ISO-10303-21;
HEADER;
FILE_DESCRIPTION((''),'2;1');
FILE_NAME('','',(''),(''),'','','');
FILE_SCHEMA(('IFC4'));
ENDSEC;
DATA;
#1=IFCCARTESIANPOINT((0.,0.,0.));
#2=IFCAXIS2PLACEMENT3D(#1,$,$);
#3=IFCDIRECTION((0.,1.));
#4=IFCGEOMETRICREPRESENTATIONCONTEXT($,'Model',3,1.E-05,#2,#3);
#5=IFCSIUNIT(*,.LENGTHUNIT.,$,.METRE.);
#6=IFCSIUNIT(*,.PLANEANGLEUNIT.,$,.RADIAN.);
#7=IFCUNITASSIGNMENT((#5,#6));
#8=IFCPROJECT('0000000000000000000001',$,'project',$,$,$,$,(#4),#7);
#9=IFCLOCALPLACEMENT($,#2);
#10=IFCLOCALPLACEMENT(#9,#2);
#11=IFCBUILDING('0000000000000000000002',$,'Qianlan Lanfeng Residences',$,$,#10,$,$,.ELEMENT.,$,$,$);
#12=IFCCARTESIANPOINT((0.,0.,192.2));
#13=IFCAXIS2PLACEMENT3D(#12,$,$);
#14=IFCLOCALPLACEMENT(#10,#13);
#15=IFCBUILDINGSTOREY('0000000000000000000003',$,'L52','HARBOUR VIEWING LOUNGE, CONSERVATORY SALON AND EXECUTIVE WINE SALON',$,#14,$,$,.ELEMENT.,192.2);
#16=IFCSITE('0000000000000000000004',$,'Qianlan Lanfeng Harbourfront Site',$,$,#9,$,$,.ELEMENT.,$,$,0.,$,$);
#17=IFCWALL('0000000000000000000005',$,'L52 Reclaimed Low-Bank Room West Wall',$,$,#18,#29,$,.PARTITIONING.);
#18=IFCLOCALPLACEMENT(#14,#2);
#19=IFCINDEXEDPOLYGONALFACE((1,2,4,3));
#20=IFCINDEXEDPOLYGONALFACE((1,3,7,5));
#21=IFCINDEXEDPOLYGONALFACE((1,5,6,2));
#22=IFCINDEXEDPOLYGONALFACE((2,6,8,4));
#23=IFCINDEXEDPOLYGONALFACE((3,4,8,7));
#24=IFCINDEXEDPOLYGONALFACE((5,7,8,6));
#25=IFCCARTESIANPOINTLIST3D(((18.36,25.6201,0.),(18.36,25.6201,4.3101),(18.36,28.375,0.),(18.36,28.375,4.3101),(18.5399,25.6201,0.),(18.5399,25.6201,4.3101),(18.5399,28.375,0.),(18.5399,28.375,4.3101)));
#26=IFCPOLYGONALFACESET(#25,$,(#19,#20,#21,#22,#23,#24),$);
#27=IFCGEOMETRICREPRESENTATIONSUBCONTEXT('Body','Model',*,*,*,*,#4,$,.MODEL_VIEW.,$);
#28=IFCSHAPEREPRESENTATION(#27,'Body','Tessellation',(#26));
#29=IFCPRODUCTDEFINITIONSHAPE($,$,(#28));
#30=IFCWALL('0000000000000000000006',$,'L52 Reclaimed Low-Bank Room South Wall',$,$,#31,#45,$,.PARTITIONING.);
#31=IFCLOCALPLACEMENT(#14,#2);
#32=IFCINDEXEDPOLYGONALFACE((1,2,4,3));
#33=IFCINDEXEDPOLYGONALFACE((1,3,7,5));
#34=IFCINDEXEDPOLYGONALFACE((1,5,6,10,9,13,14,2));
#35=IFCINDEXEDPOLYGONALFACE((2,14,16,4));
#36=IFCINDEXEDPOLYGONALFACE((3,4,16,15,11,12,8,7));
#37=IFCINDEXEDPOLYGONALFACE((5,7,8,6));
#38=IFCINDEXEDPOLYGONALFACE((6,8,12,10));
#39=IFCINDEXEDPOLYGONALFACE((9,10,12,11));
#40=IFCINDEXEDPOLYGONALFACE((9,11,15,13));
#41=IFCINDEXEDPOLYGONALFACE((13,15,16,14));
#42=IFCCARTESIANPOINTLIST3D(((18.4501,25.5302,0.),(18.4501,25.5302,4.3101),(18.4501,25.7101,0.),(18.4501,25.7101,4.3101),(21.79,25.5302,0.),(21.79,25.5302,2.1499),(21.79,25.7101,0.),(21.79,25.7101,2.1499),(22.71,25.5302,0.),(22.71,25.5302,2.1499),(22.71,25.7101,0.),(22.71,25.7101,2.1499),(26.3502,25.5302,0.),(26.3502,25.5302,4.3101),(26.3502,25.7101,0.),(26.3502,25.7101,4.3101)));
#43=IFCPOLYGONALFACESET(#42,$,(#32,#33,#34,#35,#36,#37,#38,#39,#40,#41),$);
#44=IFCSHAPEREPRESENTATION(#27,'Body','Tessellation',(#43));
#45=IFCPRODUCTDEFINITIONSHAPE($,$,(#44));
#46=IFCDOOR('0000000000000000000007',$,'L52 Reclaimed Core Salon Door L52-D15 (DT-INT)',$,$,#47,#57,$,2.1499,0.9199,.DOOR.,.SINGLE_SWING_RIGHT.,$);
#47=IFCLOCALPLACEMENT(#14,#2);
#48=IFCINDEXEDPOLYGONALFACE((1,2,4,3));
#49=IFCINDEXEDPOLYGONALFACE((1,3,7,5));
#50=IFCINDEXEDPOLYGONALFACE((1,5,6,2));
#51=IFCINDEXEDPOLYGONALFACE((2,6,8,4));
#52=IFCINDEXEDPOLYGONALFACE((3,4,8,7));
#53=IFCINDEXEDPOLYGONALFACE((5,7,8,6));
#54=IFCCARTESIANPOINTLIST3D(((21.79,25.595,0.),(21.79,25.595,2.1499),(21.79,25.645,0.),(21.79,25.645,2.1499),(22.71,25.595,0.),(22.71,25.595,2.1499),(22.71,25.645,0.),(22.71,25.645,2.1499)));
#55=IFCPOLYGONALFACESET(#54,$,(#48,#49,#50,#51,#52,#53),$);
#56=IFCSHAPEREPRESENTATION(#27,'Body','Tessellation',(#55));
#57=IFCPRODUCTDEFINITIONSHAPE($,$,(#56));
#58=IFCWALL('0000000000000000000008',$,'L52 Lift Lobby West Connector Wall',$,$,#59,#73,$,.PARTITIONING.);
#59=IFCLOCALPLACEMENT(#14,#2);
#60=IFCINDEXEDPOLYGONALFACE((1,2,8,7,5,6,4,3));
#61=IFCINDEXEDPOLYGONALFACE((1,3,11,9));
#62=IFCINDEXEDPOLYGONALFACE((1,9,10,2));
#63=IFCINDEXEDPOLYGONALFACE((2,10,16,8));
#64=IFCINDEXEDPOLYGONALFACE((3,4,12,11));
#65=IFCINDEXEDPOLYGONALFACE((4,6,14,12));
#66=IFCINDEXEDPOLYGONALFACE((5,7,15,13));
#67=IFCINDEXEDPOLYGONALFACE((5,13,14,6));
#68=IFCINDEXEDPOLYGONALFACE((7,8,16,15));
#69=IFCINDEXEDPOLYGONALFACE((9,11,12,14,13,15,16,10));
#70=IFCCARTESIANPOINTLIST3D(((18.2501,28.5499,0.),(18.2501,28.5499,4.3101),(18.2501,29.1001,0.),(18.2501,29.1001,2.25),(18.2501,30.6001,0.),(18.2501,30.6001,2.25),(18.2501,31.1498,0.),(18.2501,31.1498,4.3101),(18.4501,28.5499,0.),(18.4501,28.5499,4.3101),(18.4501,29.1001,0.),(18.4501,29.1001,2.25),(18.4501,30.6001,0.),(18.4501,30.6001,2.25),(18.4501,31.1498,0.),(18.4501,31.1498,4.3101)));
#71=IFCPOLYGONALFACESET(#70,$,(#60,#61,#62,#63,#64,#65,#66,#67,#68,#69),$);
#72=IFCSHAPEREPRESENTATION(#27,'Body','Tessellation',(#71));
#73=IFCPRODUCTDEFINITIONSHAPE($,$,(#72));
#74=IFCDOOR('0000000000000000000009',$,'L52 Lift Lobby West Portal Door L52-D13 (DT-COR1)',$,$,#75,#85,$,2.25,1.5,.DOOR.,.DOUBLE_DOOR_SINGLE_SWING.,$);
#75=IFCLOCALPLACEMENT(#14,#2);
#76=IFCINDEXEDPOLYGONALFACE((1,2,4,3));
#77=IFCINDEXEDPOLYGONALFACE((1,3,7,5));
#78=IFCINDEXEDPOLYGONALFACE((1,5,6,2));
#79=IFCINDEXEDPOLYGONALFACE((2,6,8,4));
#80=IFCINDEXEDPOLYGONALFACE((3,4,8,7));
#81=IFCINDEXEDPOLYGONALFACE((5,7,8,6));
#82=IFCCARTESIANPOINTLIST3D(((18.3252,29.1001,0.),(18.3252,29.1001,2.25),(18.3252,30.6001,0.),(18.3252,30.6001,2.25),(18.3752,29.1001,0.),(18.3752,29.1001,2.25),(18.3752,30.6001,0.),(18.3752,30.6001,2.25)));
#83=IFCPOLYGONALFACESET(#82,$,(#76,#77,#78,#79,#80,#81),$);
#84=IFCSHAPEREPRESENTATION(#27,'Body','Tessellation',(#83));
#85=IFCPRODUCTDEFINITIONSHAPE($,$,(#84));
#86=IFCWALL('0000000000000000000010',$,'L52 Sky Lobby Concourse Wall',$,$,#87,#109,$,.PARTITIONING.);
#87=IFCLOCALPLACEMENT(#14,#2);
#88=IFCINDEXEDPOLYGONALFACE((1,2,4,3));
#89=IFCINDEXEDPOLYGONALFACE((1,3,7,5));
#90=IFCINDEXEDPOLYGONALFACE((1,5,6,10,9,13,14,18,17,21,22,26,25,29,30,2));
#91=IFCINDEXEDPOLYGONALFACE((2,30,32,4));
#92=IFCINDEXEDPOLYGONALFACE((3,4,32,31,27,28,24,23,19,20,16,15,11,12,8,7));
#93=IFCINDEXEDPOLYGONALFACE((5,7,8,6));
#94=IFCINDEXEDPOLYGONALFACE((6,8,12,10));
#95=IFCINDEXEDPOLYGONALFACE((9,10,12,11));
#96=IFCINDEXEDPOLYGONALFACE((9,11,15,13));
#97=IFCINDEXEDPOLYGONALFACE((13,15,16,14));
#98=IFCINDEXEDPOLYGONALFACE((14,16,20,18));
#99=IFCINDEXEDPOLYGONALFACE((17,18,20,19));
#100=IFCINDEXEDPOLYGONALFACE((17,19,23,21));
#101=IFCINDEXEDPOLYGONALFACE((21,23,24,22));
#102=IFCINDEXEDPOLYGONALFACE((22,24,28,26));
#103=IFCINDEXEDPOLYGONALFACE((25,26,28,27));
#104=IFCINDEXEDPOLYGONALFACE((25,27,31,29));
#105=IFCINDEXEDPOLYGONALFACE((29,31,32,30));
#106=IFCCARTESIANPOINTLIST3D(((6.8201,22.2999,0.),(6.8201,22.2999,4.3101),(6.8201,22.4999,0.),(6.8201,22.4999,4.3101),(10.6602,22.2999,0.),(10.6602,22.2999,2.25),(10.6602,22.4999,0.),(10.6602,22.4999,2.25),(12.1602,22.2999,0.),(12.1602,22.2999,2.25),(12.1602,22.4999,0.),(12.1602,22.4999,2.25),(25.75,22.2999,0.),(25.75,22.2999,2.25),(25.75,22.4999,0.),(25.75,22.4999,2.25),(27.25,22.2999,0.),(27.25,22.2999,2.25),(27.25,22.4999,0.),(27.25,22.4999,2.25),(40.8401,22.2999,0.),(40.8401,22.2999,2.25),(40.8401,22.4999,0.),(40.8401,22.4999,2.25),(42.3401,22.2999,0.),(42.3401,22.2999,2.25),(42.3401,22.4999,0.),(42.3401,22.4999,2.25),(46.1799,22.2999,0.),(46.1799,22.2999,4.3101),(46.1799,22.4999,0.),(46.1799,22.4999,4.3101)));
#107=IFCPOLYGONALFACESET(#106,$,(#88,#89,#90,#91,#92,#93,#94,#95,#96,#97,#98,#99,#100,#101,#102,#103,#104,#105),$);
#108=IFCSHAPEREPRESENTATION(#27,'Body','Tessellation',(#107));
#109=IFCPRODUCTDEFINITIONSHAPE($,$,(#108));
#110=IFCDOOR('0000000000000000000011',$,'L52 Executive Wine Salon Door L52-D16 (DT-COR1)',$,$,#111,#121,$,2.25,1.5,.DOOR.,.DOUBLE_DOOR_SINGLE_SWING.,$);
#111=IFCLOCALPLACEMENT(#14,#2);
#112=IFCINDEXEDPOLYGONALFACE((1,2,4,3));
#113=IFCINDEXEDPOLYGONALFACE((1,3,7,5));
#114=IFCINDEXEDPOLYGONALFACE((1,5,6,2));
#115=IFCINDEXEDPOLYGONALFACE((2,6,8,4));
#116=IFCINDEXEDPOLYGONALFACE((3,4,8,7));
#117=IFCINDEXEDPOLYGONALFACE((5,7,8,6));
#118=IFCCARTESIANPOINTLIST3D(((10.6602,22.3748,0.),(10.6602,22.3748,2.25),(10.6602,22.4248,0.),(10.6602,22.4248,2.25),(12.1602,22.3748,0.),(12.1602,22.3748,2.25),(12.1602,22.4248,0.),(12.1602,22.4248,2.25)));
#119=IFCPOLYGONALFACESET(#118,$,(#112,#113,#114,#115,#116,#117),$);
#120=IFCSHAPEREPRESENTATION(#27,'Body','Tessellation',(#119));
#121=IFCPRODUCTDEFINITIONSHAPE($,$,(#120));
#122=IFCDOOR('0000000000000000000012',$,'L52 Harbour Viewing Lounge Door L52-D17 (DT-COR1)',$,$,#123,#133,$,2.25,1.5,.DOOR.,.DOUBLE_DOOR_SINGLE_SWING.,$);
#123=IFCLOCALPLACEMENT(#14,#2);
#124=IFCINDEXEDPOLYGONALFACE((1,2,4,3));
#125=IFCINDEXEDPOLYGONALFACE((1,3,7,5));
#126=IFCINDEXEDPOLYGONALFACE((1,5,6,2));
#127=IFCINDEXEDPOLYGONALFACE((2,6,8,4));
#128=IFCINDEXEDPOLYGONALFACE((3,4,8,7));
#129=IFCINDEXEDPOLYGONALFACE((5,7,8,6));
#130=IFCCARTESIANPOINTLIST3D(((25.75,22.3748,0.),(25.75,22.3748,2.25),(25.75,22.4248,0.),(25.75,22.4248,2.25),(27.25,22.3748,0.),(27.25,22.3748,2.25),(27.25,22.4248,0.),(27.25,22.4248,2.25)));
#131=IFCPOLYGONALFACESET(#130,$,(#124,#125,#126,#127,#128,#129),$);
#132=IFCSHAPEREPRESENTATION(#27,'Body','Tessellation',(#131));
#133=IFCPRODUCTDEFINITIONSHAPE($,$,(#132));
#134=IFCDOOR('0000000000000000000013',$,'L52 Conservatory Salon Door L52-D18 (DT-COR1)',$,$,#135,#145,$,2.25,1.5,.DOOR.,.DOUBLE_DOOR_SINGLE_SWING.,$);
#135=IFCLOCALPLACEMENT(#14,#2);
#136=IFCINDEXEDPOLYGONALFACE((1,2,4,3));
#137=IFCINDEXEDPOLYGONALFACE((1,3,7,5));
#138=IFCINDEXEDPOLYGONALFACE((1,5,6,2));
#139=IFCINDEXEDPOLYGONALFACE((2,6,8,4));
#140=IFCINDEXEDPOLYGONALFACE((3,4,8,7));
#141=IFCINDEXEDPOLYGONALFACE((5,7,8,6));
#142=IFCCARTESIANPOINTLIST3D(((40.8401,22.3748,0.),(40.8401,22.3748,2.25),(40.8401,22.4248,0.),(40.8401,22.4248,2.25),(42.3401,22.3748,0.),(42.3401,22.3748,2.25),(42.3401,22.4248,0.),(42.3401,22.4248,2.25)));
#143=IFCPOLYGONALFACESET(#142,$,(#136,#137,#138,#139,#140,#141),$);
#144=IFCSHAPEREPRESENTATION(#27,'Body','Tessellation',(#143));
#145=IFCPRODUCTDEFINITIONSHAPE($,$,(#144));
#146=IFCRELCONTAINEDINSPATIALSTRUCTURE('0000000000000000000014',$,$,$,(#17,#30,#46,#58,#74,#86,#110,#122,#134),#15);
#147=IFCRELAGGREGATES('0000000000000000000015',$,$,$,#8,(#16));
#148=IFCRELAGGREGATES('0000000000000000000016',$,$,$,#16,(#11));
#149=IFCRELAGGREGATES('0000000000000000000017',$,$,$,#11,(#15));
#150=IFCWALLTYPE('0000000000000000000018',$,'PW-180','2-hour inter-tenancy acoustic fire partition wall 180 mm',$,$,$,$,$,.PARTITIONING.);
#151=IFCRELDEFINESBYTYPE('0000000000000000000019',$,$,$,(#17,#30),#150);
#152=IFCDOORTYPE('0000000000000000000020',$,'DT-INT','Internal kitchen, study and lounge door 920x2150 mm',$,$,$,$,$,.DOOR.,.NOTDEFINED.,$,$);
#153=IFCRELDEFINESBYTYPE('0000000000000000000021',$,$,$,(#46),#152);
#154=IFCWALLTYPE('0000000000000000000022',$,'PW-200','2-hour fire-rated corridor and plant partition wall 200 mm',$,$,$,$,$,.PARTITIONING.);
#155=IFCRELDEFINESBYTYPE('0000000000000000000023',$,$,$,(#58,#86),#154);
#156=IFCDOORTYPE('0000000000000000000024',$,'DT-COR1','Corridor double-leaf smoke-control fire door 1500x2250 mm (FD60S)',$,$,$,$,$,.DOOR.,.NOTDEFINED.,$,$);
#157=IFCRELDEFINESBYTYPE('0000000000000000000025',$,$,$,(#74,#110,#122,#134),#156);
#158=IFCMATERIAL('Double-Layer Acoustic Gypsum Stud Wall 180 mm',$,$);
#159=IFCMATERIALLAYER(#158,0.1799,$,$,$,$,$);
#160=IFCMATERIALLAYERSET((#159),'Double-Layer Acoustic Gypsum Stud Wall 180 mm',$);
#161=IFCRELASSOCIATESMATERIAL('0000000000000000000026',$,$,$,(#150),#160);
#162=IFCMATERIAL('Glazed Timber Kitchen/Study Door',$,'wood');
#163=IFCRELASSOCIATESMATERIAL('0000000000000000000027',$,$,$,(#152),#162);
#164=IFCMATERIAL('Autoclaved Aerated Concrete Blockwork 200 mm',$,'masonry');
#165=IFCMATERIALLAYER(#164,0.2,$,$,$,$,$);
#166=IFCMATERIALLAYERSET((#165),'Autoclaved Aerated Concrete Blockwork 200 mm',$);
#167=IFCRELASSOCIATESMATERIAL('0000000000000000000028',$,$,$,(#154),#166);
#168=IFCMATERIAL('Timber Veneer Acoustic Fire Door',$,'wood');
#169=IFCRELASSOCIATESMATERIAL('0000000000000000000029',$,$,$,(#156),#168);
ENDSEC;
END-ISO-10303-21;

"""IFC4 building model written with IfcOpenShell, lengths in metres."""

from ifc_helpers import new_model, si_unit, direction, frame, frame_2d, origin, place, context, subcontext, project, spatial, rectangle, extrude, material, layer, layer_set, type_object, element, fill, save


model = new_model("IFC4")

# Units and contexts
model_context = context("Model", 3, precision=1e-05, world=origin(), true_north=direction((0.0, 1.0)))
body_context = subcontext(model_context, "Body", "Model", "MODEL_VIEW")
ifc_project = project(units=[si_unit("LENGTHUNIT", "METRE"), si_unit("PLANEANGLEUNIT", "RADIAN")], contexts=[model_context])

# Site, building, storey
site_placement = place(None, origin())
site = spatial("IfcSite", under=ifc_project, at=site_placement, Name="Qianlan Lanfeng Harbourfront Site", CompositionType="ELEMENT", RefElevation=0.0)
building_placement = place(site_placement, origin())
building = spatial("IfcBuilding", under=site, at=building_placement, Name="Qianlan Lanfeng Residences", CompositionType="ELEMENT")
storey_placement = place(building_placement, frame((0.0, 0.0, 192.2)))
storey = spatial("IfcBuildingStorey", under=building, at=storey_placement, Name="L52", Description="HARBOUR VIEWING LOUNGE, CONSERVATORY SALON AND EXECUTIVE WINE SALON", CompositionType="ELEMENT", Elevation=192.2)

# Shared definitions
ifc_material_1 = material(Name="Double-Layer Acoustic Gypsum Stud Wall 180 mm")
ifc_layer_1 = layer(ifc_material_1, 0.1799)
ifc_layer_set_1 = layer_set([ifc_layer_1], Name="Double-Layer Acoustic Gypsum Stud Wall 180 mm")
wall_type_1 = type_object("IfcWallType", Name="PW-180", Description="2-hour inter-tenancy acoustic fire partition wall 180 mm", PredefinedType="PARTITIONING", material=ifc_layer_set_1)
ifc_material_2 = material(Name="Glazed Timber Kitchen/Study Door", Category="wood")
door_type_1 = type_object("IfcDoorType", Name="DT-INT", Description="Internal kitchen, study and lounge door 920x2150 mm", OperationType="NOTDEFINED", PredefinedType="DOOR", material=ifc_material_2)

# Wall
wall_1_placement = place(storey_placement, frame((18.45, 25.6201, 0.0), z_axis=(0.0, 0.0, 1.0), x_axis=(0.0, 1.0, 0.0)))
element("IfcWall", 1, at=wall_1_placement, inside=storey, type_object=wall_type_1, Name="L52 Reclaimed Low-Bank Room West Wall", PredefinedType="PARTITIONING", context=body_context, shape_type="SweptSolid", body=[
    extrude(rectangle(XDim=2.7549, YDim=0.1799, at=frame_2d((1.3774, 0.0))), origin(), (0.0, 0.0, 1.0), 4.3101),
])

# Walls, openings, doors
wall_2_placement = place(storey_placement, frame((18.45, 25.6201, 0.0), z_axis=(0.0, 0.0, 1.0), x_axis=(1.0, 0.0, 0.0)))
wall_2 = element("IfcWall", 2, at=wall_2_placement, inside=storey, type_object=wall_type_1, Name="L52 Reclaimed Low-Bank Room South Wall", PredefinedType="PARTITIONING", context=body_context, shape_type="SweptSolid", body=[
    extrude(rectangle(XDim=7.9001, YDim=0.1799, at=frame_2d((3.9502, 0.0))), origin(), (0.0, 0.0, 1.0), 4.3101),
])
opening_1_placement = place(wall_2_placement, frame((3.3401, 0.0, 0.0)))
opening_1 = element("IfcOpeningElement", 3, at=opening_1_placement, cuts=wall_2, PredefinedType="OPENING", context=body_context, shape_type="SweptSolid", body=[
    extrude(rectangle(XDim=0.9199, YDim=2.1499, at=frame_2d((0.46, 1.075))), frame((0.0, 0.1001, 0.0), z_axis=(0.0, -1.0, 0.0), x_axis=(1.0, 0.0, 0.0)), (0.0, 0.0, 1.0), 0.2),
])
door_1_placement = place(opening_1_placement, origin())
door_1 = element("IfcDoor", 4, at=door_1_placement, inside=storey, type_object=door_type_1, Name="L52 Reclaimed Core Salon Door L52-D15 (DT-INT)", OperationType="SINGLE_SWING_RIGHT", OverallHeight=2.1499, OverallWidth=0.9199, PredefinedType="DOOR", context=body_context, shape_type="SweptSolid", body=[
    extrude(rectangle(XDim=0.9199, YDim=2.1499, at=frame_2d((0.46, 1.075))), frame((0.0, 0.0249, 0.0), z_axis=(0.0, -1.0, 0.0), x_axis=(1.0, 0.0, 0.0)), (0.0, 0.0, 1.0), 0.05),
])
fill(opening_1, door_1)
ifc_material_3 = material(Name="Autoclaved Aerated Concrete Blockwork 200 mm", Category="masonry")
ifc_layer_2 = layer(ifc_material_3, 0.2)
ifc_layer_set_2 = layer_set([ifc_layer_2], Name="Autoclaved Aerated Concrete Blockwork 200 mm")
wall_type_2 = type_object("IfcWallType", Name="PW-200", Description="2-hour fire-rated corridor and plant partition wall 200 mm", PredefinedType="PARTITIONING", material=ifc_layer_set_2)
wall_3_placement = place(storey_placement, frame((18.3501, 28.55, 0.0), z_axis=(0.0, 0.0, 1.0), x_axis=(0.0, 1.0, 0.0)))
wall_3 = element("IfcWall", 5, at=wall_3_placement, inside=storey, type_object=wall_type_2, Name="L52 Lift Lobby West Connector Wall", PredefinedType="PARTITIONING", context=body_context, shape_type="SweptSolid", body=[
    extrude(rectangle(XDim=2.5999, YDim=0.2, at=frame_2d((1.2998, 0.0))), origin(), (0.0, 0.0, 1.0), 4.3101),
])
opening_2_placement = place(wall_3_placement, frame((0.55, 0.0, 0.0)))
opening_2 = element("IfcOpeningElement", 6, at=opening_2_placement, cuts=wall_3, PredefinedType="OPENING", context=body_context, shape_type="SweptSolid", body=[
    extrude(rectangle(XDim=1.5, YDim=2.25, at=frame_2d((0.75, 1.125))), frame((0.0, 0.1099, 0.0), z_axis=(0.0, -1.0, 0.0), x_axis=(1.0, 0.0, 0.0)), (0.0, 0.0, 1.0), 0.22),
])
ifc_material_4 = material(Name="Timber Veneer Acoustic Fire Door", Category="wood")
door_type_2 = type_object("IfcDoorType", Name="DT-COR1", Description="Corridor double-leaf smoke-control fire door 1500x2250 mm (FD60S)", OperationType="NOTDEFINED", PredefinedType="DOOR", material=ifc_material_4)
door_2_placement = place(opening_2_placement, origin())
door_2 = element("IfcDoor", 7, at=door_2_placement, inside=storey, type_object=door_type_2, Name="L52 Lift Lobby West Portal Door L52-D13 (DT-COR1)", OperationType="DOUBLE_DOOR_SINGLE_SWING", OverallHeight=2.25, OverallWidth=1.5, PredefinedType="DOOR", context=body_context, shape_type="SweptSolid", body=[
    extrude(rectangle(XDim=1.5, YDim=2.25, at=frame_2d((0.75, 1.125))), frame((0.0, 0.0249, 0.0), z_axis=(0.0, -1.0, 0.0), x_axis=(1.0, 0.0, 0.0)), (0.0, 0.0, 1.0), 0.05),
])
fill(opening_2, door_2)

# Wall, openings, doors
wall_4_placement = place(storey_placement, frame((6.8201, 22.3999, 0.0), z_axis=(0.0, 0.0, 1.0), x_axis=(1.0, 0.0, 0.0)))
wall_4 = element("IfcWall", 8, at=wall_4_placement, inside=storey, type_object=wall_type_2, Name="L52 Sky Lobby Concourse Wall", PredefinedType="PARTITIONING", context=body_context, shape_type="SweptSolid", body=[
    extrude(rectangle(XDim=39.3599, YDim=0.2, at=frame_2d((19.6799, 0.0))), origin(), (0.0, 0.0, 1.0), 4.3101),
])
opening_3_placement = place(wall_4_placement, frame((3.8401, 0.0, 0.0)))
opening_3 = element("IfcOpeningElement", 9, at=opening_3_placement, cuts=wall_4, PredefinedType="OPENING", context=body_context, shape_type="SweptSolid", body=[
    extrude(rectangle(XDim=1.5, YDim=2.25, at=frame_2d((0.75, 1.125))), frame((0.0, 0.1099, 0.0), z_axis=(0.0, -1.0, 0.0), x_axis=(1.0, 0.0, 0.0)), (0.0, 0.0, 1.0), 0.22),
])
opening_4_placement = place(wall_4_placement, frame((18.9299, 0.0, 0.0)))
opening_4 = element("IfcOpeningElement", 10, at=opening_4_placement, cuts=wall_4, PredefinedType="OPENING", context=body_context, shape_type="SweptSolid", body=[
    extrude(rectangle(XDim=1.5, YDim=2.25, at=frame_2d((0.75, 1.125))), frame((0.0, 0.1099, 0.0), z_axis=(0.0, -1.0, 0.0), x_axis=(1.0, 0.0, 0.0)), (0.0, 0.0, 1.0), 0.22),
])
opening_5_placement = place(wall_4_placement, frame((34.02, 0.0, 0.0)))
opening_5 = element("IfcOpeningElement", 11, at=opening_5_placement, cuts=wall_4, PredefinedType="OPENING", context=body_context, shape_type="SweptSolid", body=[
    extrude(rectangle(XDim=1.5, YDim=2.25, at=frame_2d((0.75, 1.125))), frame((0.0, 0.1099, 0.0), z_axis=(0.0, -1.0, 0.0), x_axis=(1.0, 0.0, 0.0)), (0.0, 0.0, 1.0), 0.22),
])
door_3_placement = place(opening_3_placement, origin())
door_3 = element("IfcDoor", 12, at=door_3_placement, inside=storey, type_object=door_type_2, Name="L52 Executive Wine Salon Door L52-D16 (DT-COR1)", OperationType="DOUBLE_DOOR_SINGLE_SWING", OverallHeight=2.25, OverallWidth=1.5, PredefinedType="DOOR", context=body_context, shape_type="SweptSolid", body=[
    extrude(rectangle(XDim=1.5, YDim=2.25, at=frame_2d((0.75, 1.125))), frame((0.0, 0.0249, 0.0), z_axis=(0.0, -1.0, 0.0), x_axis=(1.0, 0.0, 0.0)), (0.0, 0.0, 1.0), 0.05),
])
fill(opening_3, door_3)
door_4_placement = place(opening_4_placement, origin())
door_4 = element("IfcDoor", 13, at=door_4_placement, inside=storey, type_object=door_type_2, Name="L52 Harbour Viewing Lounge Door L52-D17 (DT-COR1)", OperationType="DOUBLE_DOOR_SINGLE_SWING", OverallHeight=2.25, OverallWidth=1.5, PredefinedType="DOOR", context=body_context, shape_type="SweptSolid", body=[
    extrude(rectangle(XDim=1.5, YDim=2.25, at=frame_2d((0.75, 1.125))), frame((0.0, 0.0249, 0.0), z_axis=(0.0, -1.0, 0.0), x_axis=(1.0, 0.0, 0.0)), (0.0, 0.0, 1.0), 0.05),
])
fill(opening_4, door_4)
door_5_placement = place(opening_5_placement, origin())
door_5 = element("IfcDoor", 14, at=door_5_placement, inside=storey, type_object=door_type_2, Name="L52 Conservatory Salon Door L52-D18 (DT-COR1)", OperationType="DOUBLE_DOOR_SINGLE_SWING", OverallHeight=2.25, OverallWidth=1.5, PredefinedType="DOOR", context=body_context, shape_type="SweptSolid", body=[
    extrude(rectangle(XDim=1.5, YDim=2.25, at=frame_2d((0.75, 1.125))), frame((0.0, 0.0249, 0.0), z_axis=(0.0, -1.0, 0.0), x_axis=(1.0, 0.0, 0.0)), (0.0, 0.0, 1.0), 0.05),
])
fill(opening_5, door_5)

save(model, "model.ifc")
